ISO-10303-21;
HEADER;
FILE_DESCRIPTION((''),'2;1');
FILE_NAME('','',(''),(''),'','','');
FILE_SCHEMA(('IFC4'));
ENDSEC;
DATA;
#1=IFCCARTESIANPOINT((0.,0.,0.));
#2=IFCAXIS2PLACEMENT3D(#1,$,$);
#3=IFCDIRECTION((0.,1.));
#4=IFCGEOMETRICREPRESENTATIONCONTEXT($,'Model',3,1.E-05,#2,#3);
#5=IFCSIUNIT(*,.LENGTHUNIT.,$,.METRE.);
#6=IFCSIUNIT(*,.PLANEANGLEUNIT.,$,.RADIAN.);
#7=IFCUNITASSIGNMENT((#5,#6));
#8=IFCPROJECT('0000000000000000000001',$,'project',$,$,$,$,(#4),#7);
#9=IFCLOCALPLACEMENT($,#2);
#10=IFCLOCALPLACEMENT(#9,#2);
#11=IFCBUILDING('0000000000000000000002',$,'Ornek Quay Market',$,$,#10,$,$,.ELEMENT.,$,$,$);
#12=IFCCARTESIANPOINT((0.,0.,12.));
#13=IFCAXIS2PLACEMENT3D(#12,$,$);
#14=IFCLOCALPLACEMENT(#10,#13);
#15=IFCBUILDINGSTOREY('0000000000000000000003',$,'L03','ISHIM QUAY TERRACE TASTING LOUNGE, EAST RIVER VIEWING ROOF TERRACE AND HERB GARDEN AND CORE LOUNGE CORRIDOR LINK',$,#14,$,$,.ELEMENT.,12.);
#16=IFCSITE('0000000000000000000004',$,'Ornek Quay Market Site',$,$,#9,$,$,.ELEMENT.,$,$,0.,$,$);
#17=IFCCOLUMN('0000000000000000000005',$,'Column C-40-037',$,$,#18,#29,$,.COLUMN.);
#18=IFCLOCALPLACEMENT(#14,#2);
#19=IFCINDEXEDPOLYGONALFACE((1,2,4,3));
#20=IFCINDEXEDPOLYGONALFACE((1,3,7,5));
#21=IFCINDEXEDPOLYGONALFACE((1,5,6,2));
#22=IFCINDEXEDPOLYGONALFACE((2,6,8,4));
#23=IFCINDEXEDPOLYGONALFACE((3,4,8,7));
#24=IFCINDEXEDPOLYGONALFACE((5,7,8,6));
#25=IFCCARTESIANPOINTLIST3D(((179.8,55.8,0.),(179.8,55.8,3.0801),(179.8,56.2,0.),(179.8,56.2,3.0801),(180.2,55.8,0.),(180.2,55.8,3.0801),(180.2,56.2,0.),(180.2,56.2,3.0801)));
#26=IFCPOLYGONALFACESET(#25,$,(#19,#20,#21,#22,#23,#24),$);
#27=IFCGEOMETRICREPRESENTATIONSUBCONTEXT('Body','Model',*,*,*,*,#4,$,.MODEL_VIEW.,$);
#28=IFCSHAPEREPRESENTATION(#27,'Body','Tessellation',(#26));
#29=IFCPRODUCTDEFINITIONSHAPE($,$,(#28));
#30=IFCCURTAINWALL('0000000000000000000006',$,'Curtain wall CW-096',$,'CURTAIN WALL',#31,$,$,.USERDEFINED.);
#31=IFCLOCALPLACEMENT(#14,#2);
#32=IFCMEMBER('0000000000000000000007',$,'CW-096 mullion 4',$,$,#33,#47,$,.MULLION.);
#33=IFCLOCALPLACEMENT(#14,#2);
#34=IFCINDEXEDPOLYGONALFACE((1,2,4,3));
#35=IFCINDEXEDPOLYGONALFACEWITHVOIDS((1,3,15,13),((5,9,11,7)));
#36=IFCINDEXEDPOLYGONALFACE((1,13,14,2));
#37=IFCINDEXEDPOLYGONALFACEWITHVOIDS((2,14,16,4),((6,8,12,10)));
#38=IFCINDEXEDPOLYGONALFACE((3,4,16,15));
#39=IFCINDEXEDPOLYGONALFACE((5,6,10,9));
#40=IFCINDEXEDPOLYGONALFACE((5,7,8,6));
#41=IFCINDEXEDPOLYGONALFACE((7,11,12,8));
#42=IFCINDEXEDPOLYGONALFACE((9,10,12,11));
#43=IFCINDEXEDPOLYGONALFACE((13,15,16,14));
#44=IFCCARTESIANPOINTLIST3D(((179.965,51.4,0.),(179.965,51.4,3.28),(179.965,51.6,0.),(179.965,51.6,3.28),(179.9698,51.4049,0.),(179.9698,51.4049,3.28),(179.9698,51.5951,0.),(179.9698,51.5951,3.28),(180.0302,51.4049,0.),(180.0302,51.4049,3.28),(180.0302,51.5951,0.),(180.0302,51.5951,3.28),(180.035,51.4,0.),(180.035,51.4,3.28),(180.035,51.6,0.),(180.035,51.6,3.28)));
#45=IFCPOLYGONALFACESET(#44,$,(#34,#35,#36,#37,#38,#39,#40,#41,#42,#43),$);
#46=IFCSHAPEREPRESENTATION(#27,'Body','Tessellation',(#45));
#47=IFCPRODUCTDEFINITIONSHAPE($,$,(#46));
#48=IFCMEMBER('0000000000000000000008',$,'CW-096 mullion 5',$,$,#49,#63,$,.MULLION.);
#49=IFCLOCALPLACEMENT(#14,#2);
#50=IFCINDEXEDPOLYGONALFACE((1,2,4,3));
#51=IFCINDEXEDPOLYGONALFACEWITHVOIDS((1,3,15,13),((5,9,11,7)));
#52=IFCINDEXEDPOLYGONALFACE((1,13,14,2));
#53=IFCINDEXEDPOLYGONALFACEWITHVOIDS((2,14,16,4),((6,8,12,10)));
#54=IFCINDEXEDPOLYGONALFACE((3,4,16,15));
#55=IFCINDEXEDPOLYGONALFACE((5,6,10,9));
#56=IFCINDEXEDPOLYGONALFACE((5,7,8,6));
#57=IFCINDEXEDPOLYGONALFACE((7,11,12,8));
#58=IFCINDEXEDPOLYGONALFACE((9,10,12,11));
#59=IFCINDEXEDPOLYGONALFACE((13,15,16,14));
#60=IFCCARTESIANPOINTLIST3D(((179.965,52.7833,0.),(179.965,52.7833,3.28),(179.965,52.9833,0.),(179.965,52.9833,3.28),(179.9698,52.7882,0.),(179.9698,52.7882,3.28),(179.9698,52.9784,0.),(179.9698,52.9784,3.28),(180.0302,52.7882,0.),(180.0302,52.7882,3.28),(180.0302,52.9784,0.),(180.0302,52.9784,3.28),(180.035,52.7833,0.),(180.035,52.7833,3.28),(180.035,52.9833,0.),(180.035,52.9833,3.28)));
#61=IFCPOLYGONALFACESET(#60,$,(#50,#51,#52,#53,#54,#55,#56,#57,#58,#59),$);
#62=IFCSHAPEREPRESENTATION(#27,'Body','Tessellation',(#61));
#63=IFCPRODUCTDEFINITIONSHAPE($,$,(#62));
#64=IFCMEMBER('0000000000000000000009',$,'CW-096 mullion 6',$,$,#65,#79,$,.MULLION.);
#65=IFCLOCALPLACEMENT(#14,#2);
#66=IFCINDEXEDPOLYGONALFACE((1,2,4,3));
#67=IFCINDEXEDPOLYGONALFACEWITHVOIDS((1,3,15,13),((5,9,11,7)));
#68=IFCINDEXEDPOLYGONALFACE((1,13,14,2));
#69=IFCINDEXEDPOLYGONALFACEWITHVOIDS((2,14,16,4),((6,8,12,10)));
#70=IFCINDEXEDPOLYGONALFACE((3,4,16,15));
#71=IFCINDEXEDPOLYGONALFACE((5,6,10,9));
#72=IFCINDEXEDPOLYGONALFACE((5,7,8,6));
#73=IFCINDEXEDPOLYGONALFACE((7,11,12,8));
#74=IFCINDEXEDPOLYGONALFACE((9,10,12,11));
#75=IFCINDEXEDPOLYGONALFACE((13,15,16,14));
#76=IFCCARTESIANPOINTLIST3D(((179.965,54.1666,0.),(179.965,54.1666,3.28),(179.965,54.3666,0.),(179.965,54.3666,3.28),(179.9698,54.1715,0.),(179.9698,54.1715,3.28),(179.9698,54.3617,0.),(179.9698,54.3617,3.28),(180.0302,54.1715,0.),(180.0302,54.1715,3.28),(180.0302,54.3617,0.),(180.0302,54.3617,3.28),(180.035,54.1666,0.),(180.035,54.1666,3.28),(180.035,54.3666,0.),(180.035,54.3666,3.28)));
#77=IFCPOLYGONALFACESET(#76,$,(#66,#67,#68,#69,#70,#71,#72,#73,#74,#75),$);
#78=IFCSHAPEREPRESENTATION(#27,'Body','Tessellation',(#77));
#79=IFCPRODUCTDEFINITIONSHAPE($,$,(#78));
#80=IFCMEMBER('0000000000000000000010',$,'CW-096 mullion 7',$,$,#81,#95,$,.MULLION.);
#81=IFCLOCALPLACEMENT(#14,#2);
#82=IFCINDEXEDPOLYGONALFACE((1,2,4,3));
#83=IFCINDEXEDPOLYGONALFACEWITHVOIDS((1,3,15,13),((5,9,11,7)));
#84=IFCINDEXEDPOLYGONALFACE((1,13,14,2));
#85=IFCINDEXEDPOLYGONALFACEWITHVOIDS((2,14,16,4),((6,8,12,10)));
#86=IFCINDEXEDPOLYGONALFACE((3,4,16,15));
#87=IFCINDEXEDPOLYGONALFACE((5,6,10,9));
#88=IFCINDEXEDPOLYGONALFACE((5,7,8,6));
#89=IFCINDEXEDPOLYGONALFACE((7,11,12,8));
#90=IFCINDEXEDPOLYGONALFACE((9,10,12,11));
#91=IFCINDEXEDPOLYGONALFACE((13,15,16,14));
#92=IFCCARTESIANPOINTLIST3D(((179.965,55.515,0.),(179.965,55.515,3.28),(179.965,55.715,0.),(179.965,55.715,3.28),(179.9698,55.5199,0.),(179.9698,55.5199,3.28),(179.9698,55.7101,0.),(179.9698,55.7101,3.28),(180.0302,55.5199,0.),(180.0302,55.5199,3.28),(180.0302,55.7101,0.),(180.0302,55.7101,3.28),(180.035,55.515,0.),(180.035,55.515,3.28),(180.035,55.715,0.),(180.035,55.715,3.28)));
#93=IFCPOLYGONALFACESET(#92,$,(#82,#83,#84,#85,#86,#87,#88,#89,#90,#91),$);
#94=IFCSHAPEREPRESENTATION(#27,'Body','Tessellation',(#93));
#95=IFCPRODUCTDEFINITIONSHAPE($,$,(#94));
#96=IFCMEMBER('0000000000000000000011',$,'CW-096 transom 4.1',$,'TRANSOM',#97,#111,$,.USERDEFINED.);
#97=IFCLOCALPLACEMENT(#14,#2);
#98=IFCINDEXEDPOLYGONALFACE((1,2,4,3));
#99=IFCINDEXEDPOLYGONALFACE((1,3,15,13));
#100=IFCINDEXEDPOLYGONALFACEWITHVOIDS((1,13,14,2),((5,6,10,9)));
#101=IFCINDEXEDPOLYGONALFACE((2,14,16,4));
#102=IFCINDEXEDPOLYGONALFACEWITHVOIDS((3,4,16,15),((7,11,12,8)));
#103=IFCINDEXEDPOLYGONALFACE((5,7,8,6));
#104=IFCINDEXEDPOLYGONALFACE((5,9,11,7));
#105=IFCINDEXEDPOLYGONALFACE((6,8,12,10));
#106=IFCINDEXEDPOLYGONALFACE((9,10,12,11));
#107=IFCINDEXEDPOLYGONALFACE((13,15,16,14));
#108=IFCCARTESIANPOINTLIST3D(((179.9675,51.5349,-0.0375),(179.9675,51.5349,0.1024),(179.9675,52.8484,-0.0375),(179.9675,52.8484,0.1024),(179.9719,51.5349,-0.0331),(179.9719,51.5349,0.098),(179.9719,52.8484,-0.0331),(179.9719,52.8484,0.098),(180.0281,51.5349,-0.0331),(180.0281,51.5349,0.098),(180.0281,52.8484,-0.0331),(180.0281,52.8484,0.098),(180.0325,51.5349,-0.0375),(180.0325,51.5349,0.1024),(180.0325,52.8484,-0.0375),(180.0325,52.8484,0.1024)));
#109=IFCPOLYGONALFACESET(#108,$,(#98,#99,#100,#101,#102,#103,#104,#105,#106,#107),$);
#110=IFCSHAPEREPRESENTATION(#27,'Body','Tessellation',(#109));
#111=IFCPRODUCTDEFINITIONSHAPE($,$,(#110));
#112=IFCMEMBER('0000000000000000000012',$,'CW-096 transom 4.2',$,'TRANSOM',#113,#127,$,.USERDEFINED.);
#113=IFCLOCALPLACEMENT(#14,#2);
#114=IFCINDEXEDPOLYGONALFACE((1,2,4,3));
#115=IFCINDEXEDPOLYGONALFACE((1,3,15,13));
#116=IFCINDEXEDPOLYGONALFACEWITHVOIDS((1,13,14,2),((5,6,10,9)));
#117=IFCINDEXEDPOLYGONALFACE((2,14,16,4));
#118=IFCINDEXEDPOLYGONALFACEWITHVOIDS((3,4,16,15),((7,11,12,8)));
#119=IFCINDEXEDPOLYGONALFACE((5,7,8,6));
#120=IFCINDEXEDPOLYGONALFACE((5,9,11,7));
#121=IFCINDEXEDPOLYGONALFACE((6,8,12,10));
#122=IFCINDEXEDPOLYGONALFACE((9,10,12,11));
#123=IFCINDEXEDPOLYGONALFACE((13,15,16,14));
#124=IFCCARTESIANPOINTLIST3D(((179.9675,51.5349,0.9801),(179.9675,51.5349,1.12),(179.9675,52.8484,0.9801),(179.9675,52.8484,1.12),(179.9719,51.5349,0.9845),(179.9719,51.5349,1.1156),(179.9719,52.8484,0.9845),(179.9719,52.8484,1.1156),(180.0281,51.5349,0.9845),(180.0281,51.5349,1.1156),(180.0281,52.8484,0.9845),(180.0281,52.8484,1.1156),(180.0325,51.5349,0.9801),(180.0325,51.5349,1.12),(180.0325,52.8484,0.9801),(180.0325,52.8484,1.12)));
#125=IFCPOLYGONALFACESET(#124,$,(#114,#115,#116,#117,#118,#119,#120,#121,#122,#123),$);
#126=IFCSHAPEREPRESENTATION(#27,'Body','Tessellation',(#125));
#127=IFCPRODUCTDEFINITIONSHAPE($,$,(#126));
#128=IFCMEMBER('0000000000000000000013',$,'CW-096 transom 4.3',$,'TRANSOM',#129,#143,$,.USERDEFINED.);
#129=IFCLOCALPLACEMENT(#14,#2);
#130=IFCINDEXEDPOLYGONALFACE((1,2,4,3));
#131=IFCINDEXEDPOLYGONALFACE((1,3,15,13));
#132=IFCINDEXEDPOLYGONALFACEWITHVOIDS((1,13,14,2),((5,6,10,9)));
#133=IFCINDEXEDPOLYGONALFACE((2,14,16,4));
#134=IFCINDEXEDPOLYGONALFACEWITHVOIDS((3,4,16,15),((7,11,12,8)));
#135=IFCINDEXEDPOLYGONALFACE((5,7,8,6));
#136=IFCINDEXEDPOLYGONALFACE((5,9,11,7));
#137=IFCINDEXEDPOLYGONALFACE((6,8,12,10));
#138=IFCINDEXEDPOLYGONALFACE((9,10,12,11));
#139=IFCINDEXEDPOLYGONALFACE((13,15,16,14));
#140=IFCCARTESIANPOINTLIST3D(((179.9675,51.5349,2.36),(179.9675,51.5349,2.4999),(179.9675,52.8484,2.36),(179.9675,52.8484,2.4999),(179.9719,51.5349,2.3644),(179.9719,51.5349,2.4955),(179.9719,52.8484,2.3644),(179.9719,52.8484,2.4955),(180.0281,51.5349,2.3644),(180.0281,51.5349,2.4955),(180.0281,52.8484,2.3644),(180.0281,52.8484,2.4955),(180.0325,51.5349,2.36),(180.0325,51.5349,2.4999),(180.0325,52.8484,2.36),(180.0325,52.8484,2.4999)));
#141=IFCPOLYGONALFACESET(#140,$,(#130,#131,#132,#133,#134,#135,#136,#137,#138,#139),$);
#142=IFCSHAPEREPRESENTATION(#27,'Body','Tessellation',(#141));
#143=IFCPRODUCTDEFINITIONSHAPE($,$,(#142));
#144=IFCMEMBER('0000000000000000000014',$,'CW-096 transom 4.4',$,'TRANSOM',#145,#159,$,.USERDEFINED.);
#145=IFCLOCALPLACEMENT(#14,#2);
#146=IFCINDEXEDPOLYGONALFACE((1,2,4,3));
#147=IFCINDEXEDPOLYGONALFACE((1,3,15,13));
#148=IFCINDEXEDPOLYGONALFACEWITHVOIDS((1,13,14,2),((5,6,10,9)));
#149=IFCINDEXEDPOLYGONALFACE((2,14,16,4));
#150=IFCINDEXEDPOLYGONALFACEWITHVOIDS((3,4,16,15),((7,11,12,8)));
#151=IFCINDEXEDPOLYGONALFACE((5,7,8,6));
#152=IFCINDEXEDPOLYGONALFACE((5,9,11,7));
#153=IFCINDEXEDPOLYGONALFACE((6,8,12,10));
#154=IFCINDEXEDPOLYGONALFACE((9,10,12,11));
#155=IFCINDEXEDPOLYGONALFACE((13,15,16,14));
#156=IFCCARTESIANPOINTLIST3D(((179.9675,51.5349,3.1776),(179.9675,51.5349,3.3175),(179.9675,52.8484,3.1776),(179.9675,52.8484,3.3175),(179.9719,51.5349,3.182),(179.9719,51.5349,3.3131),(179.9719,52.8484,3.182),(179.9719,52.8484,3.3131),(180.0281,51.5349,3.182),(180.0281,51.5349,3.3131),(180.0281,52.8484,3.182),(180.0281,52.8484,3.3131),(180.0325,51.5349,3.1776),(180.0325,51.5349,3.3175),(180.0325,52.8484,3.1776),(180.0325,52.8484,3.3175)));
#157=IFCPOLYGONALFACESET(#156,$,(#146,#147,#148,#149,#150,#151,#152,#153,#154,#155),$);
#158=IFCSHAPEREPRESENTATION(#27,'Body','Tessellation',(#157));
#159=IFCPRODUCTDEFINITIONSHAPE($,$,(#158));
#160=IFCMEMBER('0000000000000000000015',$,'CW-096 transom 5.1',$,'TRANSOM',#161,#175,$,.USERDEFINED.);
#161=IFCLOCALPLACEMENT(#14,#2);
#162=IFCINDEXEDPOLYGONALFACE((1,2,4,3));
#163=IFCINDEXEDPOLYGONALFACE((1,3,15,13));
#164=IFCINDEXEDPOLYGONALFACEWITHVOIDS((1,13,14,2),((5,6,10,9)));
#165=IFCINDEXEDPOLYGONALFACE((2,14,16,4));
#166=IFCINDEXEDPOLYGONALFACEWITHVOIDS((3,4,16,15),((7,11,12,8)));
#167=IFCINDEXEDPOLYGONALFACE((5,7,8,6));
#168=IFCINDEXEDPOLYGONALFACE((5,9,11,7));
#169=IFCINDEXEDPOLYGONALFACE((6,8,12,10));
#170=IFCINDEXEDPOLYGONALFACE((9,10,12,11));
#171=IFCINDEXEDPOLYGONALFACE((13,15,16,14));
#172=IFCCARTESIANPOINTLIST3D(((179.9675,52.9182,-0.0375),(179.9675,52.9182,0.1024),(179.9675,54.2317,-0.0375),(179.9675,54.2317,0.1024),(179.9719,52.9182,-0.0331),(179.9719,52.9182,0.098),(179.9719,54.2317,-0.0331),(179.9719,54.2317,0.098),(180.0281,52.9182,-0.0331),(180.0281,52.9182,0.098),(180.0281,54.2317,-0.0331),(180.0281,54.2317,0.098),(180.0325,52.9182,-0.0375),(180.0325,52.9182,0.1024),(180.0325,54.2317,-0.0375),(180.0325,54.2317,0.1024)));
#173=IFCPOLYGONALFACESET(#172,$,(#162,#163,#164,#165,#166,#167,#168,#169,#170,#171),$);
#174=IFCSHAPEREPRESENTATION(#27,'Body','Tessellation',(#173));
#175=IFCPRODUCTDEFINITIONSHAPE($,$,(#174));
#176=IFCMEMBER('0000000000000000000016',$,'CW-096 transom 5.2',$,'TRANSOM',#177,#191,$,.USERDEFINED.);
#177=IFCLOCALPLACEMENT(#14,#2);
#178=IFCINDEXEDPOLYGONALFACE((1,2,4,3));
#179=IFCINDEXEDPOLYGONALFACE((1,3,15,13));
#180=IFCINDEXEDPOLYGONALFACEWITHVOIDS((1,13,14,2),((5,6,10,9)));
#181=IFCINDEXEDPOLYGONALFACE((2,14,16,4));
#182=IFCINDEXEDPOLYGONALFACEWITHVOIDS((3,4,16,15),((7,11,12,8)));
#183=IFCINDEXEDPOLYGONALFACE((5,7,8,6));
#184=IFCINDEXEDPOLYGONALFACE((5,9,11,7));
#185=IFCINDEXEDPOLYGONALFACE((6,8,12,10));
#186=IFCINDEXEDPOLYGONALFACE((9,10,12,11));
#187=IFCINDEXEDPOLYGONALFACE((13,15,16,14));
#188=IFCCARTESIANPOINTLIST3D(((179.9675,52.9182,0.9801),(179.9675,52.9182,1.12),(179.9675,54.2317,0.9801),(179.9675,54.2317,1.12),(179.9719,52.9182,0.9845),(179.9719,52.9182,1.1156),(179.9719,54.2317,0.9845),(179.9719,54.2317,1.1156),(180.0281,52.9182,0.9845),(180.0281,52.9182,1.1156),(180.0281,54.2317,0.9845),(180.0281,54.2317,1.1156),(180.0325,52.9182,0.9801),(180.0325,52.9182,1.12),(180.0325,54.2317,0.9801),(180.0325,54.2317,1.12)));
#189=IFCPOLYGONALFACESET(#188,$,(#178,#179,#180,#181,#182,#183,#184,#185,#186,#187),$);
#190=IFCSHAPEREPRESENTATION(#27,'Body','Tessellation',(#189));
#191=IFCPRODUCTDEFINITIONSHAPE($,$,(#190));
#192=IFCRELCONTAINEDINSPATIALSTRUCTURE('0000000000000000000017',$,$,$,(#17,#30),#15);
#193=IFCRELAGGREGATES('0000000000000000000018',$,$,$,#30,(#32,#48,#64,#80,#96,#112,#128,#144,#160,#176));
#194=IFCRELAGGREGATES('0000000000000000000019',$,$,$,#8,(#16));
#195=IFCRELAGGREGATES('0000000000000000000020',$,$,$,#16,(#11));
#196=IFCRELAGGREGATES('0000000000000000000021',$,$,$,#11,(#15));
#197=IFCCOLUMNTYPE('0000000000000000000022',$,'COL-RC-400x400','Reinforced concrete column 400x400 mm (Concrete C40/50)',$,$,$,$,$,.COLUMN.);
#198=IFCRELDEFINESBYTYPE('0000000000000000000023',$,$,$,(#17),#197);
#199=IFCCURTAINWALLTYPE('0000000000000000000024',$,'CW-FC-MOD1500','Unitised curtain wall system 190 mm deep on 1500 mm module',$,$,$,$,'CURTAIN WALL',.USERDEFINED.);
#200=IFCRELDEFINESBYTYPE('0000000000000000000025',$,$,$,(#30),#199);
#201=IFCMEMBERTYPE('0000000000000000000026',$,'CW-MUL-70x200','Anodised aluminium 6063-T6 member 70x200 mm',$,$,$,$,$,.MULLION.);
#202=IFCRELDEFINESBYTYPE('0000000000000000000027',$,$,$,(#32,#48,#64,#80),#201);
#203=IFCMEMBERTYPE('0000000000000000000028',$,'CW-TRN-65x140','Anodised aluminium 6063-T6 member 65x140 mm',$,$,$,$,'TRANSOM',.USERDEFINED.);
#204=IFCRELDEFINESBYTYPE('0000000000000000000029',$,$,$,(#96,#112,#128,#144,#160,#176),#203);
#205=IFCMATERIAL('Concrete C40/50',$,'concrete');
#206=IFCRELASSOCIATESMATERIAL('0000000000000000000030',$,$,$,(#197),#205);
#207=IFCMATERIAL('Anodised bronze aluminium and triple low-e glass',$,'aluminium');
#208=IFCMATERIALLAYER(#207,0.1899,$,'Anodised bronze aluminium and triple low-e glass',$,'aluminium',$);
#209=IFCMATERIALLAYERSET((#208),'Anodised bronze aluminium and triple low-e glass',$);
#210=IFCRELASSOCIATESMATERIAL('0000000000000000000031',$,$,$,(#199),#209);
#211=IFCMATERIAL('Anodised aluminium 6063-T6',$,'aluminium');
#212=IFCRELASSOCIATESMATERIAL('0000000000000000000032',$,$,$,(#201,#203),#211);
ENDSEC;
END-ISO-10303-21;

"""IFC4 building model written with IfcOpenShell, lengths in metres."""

from ifc_helpers import new_model, si_unit, direction, frame, origin, origin_2d, place, context, subcontext, project, spatial, rectangle, hollow_rectangle, extrude, material, layer, layer_set, material_profile, profile_set, type_object, element, aggregate, save


model = new_model("IFC4")

# Units and contexts
model_context = context("Model", 3, precision=1e-05, world=origin(), true_north=direction((0.0, 1.0)))
body_context = subcontext(model_context, "Body", "Model", "MODEL_VIEW")
ifc_project = project(units=[si_unit("LENGTHUNIT", "METRE"), si_unit("PLANEANGLEUNIT", "RADIAN")], contexts=[model_context])

# Site, building, storey
site_placement = place(None, origin())
site = spatial("IfcSite", under=ifc_project, at=site_placement, Name="Ornek Quay Market Site", CompositionType="ELEMENT", RefElevation=0.0)
building_placement = place(site_placement, origin())
building = spatial("IfcBuilding", under=site, at=building_placement, Name="Ornek Quay Market", CompositionType="ELEMENT")
storey_placement = place(building_placement, frame((0.0, 0.0, 12.0)))
storey = spatial("IfcBuildingStorey", under=building, at=storey_placement, Name="L03", Description="ISHIM QUAY TERRACE TASTING LOUNGE, EAST RIVER VIEWING ROOF TERRACE AND HERB GARDEN AND CORE LOUNGE CORRIDOR LINK", CompositionType="ELEMENT", Elevation=12.0)

# Column
ifc_material_1 = material(Name="Concrete C40/50", Category="concrete")
ifc_material_profile_1 = material_profile(ifc_material_1, rectangle(XDim=0.3999, YDim=0.3999, at=origin_2d()), Name="RC 400x400", Category="concrete")
ifc_profile_set_1 = profile_set([ifc_material_profile_1], Name="Concrete C40/50")
column_type = type_object("IfcColumnType", Name="COL-RC-400x400", Description="Reinforced concrete column 400x400 mm (Concrete C40/50)", PredefinedType="COLUMN", material=ifc_profile_set_1)
column_placement = place(storey_placement, frame((180.0, 56.0, 0.0), z_axis=(0.0, 0.0, 1.0), x_axis=(1.0, 0.0, 0.0)))
element("IfcColumn", 1, at=column_placement, inside=storey, type_object=column_type, Name="Column C-40-037", PredefinedType="COLUMN", context=body_context, shape_type="SweptSolid", body=[
    extrude(rectangle(XDim=0.3999, YDim=0.3999, at=origin_2d()), origin(), (0.0, 0.0, 1.0), 3.0801),
])

# Curtain wall, members
ifc_material_2 = material(Name="Anodised bronze aluminium and triple low-e glass", Category="aluminium")
ifc_layer_1 = layer(ifc_material_2, 0.1899, Name="Anodised bronze aluminium and triple low-e glass", Category="aluminium")
ifc_layer_set_1 = layer_set([ifc_layer_1], Name="Anodised bronze aluminium and triple low-e glass")
curtain_wall_type = type_object("IfcCurtainWallType", Name="CW-FC-MOD1500", Description="Unitised curtain wall system 190 mm deep on 1500 mm module", ElementType="CURTAIN WALL", PredefinedType="USERDEFINED", material=ifc_layer_set_1)
curtain_wall_placement = place(storey_placement, origin())
curtain_wall = element("IfcCurtainWall", 2, at=curtain_wall_placement, inside=storey, type_object=curtain_wall_type, Name="Curtain wall CW-096", ObjectType="CURTAIN WALL", PredefinedType="USERDEFINED")
ifc_material_3 = material(Name="Anodised aluminium 6063-T6", Category="aluminium")
ifc_material_profile_2 = material_profile(ifc_material_3, hollow_rectangle(XDim=0.0701, YDim=0.2, WallThickness=0.0049, at=origin_2d()), Name="CW-MUL-70x200", Category="aluminium")
ifc_profile_set_2 = profile_set([ifc_material_profile_2], Name="Anodised aluminium 6063-T6")
member_type_1 = type_object("IfcMemberType", Name="CW-MUL-70x200", Description="Anodised aluminium 6063-T6 member 70x200 mm", PredefinedType="MULLION", material=ifc_profile_set_2)
member_1_placement = place(storey_placement, frame((180.0, 51.5, 0.0), z_axis=(0.0, 0.0, 1.0), x_axis=(-1.0, 0.0, 0.0)))
member_1 = element("IfcMember", 3, at=member_1_placement, type_object=member_type_1, Name="CW-096 mullion 4", PredefinedType="MULLION", context=body_context, shape_type="SweptSolid", body=[
    extrude(hollow_rectangle(XDim=0.0701, YDim=0.2, WallThickness=0.0049, at=origin_2d()), origin(), (0.0, 0.0, 1.0), 3.28),
])
member_2_placement = place(storey_placement, frame((180.0, 52.8833, 0.0), z_axis=(0.0, 0.0, 1.0), x_axis=(-1.0, 0.0, 0.0)))
member_2 = element("IfcMember", 4, at=member_2_placement, type_object=member_type_1, Name="CW-096 mullion 5", PredefinedType="MULLION", context=body_context, shape_type="SweptSolid", body=[
    extrude(hollow_rectangle(XDim=0.0701, YDim=0.2, WallThickness=0.0049, at=origin_2d()), origin(), (0.0, 0.0, 1.0), 3.28),
])
member_3_placement = place(storey_placement, frame((180.0, 54.2666, 0.0), z_axis=(0.0, 0.0, 1.0), x_axis=(-1.0, 0.0, 0.0)))
member_3 = element("IfcMember", 5, at=member_3_placement, type_object=member_type_1, Name="CW-096 mullion 6", PredefinedType="MULLION", context=body_context, shape_type="SweptSolid", body=[
    extrude(hollow_rectangle(XDim=0.0701, YDim=0.2, WallThickness=0.0049, at=origin_2d()), origin(), (0.0, 0.0, 1.0), 3.28),
])
member_4_placement = place(storey_placement, frame((180.0, 55.615, 0.0), z_axis=(0.0, 0.0, 1.0), x_axis=(-1.0, 0.0, 0.0)))
member_4 = element("IfcMember", 6, at=member_4_placement, type_object=member_type_1, Name="CW-096 mullion 7", PredefinedType="MULLION", context=body_context, shape_type="SweptSolid", body=[
    extrude(hollow_rectangle(XDim=0.0701, YDim=0.2, WallThickness=0.0049, at=origin_2d()), origin(), (0.0, 0.0, 1.0), 3.28),
])
ifc_material_profile_3 = material_profile(ifc_material_3, hollow_rectangle(XDim=0.0649, YDim=0.1399, WallThickness=0.0044, at=origin_2d()), Name="CW-TRN-65x140", Category="aluminium")
ifc_profile_set_3 = profile_set([ifc_material_profile_3], Name="Anodised aluminium 6063-T6")
member_type_2 = type_object("IfcMemberType", Name="CW-TRN-65x140", Description="Anodised aluminium 6063-T6 member 65x140 mm", ElementType="TRANSOM", PredefinedType="USERDEFINED", material=ifc_profile_set_3)
member_5_placement = place(storey_placement, frame((180.0, 51.5349, 0.0325), z_axis=(0.0, 1.0, 0.0), x_axis=(-1.0, 0.0, 0.0)))
member_5 = element("IfcMember", 7, at=member_5_placement, type_object=member_type_2, Name="CW-096 transom 4.1", ObjectType="TRANSOM", PredefinedType="USERDEFINED", context=body_context, shape_type="SweptSolid", body=[
    extrude(hollow_rectangle(XDim=0.0649, YDim=0.1399, WallThickness=0.0044, at=origin_2d()), origin(), (0.0, 0.0, 1.0), 1.3135),
])
member_6_placement = place(storey_placement, frame((180.0, 51.5349, 1.05), z_axis=(0.0, 1.0, 0.0), x_axis=(-1.0, 0.0, 0.0)))
member_6 = element("IfcMember", 8, at=member_6_placement, type_object=member_type_2, Name="CW-096 transom 4.2", ObjectType="TRANSOM", PredefinedType="USERDEFINED", context=body_context, shape_type="SweptSolid", body=[
    extrude(hollow_rectangle(XDim=0.0649, YDim=0.1399, WallThickness=0.0044, at=origin_2d()), origin(), (0.0, 0.0, 1.0), 1.3135),
])
member_7_placement = place(storey_placement, frame((180.0, 51.5349, 2.4299), z_axis=(0.0, 1.0, 0.0), x_axis=(-1.0, 0.0, 0.0)))
member_7 = element("IfcMember", 9, at=member_7_placement, type_object=member_type_2, Name="CW-096 transom 4.3", ObjectType="TRANSOM", PredefinedType="USERDEFINED", context=body_context, shape_type="SweptSolid", body=[
    extrude(hollow_rectangle(XDim=0.0649, YDim=0.1399, WallThickness=0.0044, at=origin_2d()), origin(), (0.0, 0.0, 1.0), 1.3135),
])
member_8_placement = place(storey_placement, frame((180.0, 51.5349, 3.2476), z_axis=(0.0, 1.0, 0.0), x_axis=(-1.0, 0.0, 0.0)))
member_8 = element("IfcMember", 10, at=member_8_placement, type_object=member_type_2, Name="CW-096 transom 4.4", ObjectType="TRANSOM", PredefinedType="USERDEFINED", context=body_context, shape_type="SweptSolid", body=[
    extrude(hollow_rectangle(XDim=0.0649, YDim=0.1399, WallThickness=0.0044, at=origin_2d()), origin(), (0.0, 0.0, 1.0), 1.3135),
])
member_9_placement = place(storey_placement, frame((180.0, 52.9182, 0.0325), z_axis=(0.0, 1.0, 0.0), x_axis=(-1.0, 0.0, 0.0)))
member_9 = element("IfcMember", 11, at=member_9_placement, type_object=member_type_2, Name="CW-096 transom 5.1", ObjectType="TRANSOM", PredefinedType="USERDEFINED", context=body_context, shape_type="SweptSolid", body=[
    extrude(hollow_rectangle(XDim=0.0649, YDim=0.1399, WallThickness=0.0044, at=origin_2d()), origin(), (0.0, 0.0, 1.0), 1.3135),
])
member_10_placement = place(storey_placement, frame((180.0, 52.9182, 1.05), z_axis=(0.0, 1.0, 0.0), x_axis=(-1.0, 0.0, 0.0)))
member_10 = element("IfcMember", 12, at=member_10_placement, type_object=member_type_2, Name="CW-096 transom 5.2", ObjectType="TRANSOM", PredefinedType="USERDEFINED", context=body_context, shape_type="SweptSolid", body=[
    extrude(hollow_rectangle(XDim=0.0649, YDim=0.1399, WallThickness=0.0044, at=origin_2d()), origin(), (0.0, 0.0, 1.0), 1.3135),
])
aggregate(curtain_wall, [member_1, member_2, member_3, member_4, member_5, member_6, member_7, member_8, member_9, member_10])

save(model, "model.ifc")
